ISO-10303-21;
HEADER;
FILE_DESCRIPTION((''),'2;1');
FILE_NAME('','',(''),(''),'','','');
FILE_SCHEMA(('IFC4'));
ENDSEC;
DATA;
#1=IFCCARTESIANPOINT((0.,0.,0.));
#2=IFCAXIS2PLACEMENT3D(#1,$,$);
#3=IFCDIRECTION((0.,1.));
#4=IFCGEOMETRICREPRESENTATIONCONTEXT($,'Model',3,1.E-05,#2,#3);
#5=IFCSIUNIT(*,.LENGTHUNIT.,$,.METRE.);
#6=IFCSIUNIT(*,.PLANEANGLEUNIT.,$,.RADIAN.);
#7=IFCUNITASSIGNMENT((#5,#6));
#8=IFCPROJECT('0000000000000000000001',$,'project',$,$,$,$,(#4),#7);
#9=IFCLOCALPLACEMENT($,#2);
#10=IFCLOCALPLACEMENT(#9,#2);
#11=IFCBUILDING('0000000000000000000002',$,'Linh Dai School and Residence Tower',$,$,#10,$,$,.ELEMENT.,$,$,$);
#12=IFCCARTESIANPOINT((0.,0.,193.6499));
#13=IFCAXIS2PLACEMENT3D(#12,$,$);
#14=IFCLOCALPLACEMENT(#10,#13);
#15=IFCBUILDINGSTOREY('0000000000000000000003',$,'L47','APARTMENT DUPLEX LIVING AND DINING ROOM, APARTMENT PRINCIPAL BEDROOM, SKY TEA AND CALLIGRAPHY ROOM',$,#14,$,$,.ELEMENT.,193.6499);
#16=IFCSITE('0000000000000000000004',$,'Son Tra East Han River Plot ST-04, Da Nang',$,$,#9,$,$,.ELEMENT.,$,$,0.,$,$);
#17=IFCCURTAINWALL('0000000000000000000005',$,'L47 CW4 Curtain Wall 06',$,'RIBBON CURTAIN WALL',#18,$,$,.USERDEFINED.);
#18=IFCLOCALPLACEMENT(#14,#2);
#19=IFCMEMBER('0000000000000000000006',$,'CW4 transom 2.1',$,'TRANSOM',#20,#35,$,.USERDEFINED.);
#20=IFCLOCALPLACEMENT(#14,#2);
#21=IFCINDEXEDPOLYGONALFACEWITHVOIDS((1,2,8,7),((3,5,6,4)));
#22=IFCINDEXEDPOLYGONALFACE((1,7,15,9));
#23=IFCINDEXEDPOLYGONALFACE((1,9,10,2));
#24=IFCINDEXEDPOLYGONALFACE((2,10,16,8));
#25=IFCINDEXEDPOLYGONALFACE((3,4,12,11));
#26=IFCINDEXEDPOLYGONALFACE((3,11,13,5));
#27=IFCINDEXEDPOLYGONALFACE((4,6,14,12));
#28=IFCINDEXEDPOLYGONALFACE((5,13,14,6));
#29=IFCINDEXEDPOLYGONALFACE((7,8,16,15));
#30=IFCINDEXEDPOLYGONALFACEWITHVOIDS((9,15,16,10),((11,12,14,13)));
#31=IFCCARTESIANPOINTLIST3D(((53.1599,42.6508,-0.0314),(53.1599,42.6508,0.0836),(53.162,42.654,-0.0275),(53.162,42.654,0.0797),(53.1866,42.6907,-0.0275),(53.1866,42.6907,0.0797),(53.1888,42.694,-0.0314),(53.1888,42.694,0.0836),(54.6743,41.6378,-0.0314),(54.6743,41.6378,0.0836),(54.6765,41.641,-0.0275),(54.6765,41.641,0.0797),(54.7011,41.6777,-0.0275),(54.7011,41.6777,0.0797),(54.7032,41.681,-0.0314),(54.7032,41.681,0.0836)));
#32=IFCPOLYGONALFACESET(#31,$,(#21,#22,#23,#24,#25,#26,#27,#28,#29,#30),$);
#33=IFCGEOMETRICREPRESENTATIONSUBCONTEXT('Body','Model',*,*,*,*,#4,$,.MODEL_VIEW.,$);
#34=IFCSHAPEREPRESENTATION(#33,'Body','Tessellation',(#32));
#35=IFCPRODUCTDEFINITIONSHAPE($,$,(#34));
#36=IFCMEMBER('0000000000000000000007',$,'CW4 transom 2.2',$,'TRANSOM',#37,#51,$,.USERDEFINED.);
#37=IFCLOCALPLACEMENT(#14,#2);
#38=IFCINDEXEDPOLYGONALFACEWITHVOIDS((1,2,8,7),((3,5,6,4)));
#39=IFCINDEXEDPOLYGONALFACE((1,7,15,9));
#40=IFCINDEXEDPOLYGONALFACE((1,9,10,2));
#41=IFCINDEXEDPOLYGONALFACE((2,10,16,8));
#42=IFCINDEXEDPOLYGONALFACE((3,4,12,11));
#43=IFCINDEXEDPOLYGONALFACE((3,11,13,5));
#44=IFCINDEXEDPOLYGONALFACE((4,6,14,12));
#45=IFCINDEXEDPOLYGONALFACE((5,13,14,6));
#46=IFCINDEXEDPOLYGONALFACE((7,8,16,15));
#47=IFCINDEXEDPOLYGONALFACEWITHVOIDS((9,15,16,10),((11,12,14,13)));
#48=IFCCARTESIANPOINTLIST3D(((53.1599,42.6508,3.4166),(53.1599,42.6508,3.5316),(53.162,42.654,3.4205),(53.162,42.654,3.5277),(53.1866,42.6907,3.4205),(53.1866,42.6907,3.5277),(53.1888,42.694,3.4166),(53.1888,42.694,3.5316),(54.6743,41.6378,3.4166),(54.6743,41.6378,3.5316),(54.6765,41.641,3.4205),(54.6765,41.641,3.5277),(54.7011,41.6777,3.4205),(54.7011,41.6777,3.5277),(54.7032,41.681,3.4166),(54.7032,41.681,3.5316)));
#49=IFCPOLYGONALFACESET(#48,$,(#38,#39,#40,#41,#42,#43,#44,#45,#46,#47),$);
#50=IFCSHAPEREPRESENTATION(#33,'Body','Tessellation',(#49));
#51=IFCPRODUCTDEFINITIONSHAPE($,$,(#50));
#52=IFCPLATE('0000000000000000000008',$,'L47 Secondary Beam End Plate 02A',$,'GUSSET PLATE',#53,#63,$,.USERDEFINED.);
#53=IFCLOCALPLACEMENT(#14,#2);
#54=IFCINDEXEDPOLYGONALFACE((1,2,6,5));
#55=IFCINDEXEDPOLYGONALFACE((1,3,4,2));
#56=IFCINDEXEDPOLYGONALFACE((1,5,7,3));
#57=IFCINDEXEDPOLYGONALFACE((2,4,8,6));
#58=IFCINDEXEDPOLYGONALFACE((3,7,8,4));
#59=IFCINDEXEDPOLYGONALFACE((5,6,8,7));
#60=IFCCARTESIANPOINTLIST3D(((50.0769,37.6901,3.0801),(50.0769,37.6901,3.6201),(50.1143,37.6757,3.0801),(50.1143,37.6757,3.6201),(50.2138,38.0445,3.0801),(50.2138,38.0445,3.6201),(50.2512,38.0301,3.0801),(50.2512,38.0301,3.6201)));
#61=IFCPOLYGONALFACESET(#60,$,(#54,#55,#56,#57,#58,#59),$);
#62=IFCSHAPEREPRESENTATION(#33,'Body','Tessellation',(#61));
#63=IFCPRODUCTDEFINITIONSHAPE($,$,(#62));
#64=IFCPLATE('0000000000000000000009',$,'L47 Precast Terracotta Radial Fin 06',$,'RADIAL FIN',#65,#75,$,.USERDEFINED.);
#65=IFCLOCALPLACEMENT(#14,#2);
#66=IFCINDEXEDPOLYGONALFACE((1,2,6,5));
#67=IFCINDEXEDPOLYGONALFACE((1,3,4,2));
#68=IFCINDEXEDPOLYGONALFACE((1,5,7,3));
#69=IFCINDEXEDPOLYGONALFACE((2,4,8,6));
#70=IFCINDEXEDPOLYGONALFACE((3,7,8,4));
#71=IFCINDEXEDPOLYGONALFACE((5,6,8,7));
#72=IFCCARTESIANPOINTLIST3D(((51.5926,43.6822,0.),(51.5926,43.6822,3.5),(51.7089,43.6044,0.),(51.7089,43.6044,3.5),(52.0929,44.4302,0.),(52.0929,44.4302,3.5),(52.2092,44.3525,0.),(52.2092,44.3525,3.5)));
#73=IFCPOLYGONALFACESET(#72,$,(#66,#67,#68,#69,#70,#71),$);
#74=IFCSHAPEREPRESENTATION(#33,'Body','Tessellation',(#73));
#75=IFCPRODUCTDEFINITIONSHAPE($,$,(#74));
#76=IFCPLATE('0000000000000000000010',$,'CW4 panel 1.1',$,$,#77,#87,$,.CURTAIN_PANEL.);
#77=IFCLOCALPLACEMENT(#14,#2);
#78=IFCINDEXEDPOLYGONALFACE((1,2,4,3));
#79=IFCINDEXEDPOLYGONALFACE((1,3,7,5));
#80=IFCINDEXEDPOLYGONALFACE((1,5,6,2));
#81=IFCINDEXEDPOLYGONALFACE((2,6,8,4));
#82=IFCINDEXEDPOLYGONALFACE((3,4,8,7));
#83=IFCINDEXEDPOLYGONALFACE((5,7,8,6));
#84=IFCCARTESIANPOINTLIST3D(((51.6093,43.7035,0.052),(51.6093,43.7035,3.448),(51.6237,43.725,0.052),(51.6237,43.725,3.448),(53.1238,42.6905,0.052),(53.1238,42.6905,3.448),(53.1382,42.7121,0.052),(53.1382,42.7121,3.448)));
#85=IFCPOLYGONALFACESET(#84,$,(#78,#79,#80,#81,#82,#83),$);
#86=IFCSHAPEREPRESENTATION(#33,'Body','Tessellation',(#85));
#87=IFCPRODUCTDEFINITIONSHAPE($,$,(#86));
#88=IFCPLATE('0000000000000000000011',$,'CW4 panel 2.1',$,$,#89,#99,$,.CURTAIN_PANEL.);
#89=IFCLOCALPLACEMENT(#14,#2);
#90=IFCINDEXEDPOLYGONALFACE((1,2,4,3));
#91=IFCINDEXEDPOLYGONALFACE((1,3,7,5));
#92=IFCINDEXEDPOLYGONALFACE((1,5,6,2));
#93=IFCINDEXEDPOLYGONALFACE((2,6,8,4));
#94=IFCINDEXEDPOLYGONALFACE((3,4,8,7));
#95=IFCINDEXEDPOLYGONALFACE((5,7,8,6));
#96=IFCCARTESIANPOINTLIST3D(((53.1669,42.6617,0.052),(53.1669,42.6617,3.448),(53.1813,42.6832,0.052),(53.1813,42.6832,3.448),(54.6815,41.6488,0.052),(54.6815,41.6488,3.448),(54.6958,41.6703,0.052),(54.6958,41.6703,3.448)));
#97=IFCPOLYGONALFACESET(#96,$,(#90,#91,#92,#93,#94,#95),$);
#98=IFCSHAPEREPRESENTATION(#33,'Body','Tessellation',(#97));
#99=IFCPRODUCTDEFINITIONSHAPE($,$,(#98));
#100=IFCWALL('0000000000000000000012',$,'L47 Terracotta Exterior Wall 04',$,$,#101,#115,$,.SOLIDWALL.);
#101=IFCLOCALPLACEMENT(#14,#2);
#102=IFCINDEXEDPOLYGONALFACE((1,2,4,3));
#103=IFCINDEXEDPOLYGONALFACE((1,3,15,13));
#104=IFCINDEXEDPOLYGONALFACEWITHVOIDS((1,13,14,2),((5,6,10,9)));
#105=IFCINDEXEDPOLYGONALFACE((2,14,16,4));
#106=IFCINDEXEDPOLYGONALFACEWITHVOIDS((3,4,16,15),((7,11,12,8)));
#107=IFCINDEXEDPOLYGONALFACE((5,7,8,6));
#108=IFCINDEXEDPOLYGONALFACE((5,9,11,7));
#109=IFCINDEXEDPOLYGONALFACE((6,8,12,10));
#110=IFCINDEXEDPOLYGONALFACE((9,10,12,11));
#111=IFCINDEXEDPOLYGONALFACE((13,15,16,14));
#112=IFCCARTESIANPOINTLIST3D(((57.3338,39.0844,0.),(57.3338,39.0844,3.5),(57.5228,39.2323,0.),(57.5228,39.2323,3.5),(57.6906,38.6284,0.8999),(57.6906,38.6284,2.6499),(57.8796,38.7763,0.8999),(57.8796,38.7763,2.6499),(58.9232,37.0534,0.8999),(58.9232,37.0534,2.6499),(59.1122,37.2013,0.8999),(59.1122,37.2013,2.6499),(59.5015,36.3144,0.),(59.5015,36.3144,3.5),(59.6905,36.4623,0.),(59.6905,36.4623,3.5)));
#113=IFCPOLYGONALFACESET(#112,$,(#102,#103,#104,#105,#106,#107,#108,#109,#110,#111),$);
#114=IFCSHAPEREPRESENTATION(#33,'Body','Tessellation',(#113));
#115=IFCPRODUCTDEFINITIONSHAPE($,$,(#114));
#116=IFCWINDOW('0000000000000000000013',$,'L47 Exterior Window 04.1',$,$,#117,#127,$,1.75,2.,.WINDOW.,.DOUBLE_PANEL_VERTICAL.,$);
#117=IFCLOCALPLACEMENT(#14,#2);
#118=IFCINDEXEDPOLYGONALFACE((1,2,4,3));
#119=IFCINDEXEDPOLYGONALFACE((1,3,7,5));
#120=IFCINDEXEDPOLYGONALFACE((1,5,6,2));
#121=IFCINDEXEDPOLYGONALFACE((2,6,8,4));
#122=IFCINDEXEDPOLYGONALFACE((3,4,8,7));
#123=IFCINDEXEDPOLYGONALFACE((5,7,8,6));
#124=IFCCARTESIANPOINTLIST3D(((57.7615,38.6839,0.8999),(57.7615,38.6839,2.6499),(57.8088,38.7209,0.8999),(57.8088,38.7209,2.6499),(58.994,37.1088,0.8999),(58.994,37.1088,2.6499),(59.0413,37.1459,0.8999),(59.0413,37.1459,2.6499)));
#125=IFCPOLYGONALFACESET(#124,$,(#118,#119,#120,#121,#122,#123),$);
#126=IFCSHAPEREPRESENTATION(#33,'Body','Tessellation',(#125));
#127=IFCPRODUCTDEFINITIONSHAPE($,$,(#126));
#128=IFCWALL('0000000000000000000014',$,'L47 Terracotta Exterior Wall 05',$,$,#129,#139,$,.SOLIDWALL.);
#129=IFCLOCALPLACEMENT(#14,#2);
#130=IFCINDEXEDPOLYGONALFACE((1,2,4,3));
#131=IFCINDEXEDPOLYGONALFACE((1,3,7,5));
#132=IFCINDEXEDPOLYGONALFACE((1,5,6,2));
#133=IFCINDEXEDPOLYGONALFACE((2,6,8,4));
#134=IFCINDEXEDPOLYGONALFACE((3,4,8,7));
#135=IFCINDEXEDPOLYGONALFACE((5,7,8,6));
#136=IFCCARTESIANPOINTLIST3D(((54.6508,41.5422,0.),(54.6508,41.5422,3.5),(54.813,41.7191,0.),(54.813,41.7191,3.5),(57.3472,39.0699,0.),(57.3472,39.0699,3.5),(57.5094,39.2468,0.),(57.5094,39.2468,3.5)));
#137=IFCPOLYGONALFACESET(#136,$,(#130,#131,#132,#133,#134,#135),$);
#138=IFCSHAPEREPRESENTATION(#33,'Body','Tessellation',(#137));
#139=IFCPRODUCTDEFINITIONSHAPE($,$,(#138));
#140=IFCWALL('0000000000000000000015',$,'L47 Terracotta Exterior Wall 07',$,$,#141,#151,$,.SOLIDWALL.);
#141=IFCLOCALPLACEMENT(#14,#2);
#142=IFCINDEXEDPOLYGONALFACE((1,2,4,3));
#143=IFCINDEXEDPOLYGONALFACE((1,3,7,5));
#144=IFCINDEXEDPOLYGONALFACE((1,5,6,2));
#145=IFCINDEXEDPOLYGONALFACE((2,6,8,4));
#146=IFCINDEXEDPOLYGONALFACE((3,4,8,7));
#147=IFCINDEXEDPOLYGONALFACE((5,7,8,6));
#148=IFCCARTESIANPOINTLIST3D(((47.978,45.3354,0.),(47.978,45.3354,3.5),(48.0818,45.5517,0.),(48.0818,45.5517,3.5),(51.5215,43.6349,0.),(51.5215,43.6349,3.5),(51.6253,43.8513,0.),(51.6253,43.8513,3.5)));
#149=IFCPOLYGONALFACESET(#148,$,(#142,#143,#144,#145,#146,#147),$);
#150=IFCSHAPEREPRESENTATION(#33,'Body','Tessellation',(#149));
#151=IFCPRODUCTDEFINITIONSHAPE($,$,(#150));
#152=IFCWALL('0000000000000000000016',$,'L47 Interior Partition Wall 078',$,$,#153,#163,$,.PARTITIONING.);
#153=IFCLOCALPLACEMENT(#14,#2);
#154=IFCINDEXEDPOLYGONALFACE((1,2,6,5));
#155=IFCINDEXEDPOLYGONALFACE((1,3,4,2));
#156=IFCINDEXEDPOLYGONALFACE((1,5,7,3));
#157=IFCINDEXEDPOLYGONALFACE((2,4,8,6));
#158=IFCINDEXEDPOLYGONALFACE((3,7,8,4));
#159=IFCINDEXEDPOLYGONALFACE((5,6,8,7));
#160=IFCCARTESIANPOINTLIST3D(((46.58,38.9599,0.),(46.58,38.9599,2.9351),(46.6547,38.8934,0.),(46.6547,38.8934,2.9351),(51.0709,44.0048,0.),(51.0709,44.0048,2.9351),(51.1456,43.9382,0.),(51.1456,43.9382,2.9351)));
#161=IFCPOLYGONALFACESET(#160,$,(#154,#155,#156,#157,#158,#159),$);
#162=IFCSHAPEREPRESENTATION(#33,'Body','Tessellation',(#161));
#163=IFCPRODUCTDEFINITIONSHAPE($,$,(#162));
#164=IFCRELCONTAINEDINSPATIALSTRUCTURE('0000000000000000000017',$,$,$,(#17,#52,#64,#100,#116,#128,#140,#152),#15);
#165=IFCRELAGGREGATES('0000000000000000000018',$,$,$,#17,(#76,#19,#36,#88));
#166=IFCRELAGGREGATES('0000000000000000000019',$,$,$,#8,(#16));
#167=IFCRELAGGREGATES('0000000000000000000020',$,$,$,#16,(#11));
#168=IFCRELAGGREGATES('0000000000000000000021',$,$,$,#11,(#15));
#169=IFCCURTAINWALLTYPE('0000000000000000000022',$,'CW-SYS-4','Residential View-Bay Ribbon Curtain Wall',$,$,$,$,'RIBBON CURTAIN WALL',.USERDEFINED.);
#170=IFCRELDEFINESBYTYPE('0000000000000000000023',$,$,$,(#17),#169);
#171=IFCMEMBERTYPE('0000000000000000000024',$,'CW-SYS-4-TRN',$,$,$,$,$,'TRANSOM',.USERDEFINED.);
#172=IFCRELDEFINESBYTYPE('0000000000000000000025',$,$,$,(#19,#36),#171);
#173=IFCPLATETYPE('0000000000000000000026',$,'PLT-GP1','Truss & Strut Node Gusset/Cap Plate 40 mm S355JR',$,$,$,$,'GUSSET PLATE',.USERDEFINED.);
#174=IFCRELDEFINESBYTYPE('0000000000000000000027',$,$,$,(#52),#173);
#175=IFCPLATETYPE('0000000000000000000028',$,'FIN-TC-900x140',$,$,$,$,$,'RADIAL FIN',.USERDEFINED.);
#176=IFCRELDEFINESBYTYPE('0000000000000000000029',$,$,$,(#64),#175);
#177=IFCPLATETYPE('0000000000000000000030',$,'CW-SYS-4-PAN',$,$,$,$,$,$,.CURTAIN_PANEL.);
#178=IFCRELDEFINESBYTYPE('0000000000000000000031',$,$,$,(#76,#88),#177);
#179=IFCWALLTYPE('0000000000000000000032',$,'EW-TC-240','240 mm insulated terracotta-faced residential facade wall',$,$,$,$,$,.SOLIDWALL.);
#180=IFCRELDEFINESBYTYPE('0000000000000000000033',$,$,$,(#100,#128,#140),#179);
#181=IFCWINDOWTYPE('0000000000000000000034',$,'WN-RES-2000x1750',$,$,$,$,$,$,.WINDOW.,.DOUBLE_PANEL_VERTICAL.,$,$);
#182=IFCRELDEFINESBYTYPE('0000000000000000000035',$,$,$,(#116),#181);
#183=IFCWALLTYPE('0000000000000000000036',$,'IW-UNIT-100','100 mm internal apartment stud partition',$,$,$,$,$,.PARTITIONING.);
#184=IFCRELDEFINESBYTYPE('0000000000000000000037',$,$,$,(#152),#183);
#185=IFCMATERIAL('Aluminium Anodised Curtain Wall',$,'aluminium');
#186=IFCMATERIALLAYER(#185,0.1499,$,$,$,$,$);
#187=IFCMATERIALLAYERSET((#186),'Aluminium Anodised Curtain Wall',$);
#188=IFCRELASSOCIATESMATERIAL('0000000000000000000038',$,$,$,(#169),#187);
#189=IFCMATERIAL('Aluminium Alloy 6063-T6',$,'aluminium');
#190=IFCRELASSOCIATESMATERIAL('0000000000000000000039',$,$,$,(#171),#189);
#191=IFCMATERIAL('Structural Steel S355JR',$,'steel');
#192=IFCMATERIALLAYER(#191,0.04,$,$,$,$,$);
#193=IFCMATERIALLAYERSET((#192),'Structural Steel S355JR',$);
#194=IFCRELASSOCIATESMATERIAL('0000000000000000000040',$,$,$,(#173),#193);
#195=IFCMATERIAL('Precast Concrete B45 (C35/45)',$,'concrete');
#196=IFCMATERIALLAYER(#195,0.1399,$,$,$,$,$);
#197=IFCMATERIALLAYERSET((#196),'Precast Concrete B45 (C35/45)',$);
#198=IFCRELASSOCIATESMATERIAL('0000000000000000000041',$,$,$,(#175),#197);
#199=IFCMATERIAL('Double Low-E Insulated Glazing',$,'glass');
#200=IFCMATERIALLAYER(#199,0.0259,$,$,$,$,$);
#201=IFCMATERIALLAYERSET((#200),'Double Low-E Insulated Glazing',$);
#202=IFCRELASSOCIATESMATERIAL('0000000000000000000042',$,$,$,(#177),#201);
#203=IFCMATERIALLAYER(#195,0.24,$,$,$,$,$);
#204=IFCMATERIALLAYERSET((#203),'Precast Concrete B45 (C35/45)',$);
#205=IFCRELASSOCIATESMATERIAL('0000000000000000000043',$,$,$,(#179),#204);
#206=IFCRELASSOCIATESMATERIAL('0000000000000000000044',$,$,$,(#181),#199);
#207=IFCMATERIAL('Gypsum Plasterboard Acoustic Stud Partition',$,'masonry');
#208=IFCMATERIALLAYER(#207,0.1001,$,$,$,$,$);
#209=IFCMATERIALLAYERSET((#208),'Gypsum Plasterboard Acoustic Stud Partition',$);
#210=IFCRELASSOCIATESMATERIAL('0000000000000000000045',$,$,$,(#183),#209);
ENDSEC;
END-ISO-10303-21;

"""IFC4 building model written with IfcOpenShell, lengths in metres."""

from ifc_helpers import new_model, si_unit, direction, frame, frame_2d, origin, origin_2d, place, context, subcontext, project, spatial, rectangle, hollow_rectangle, extrude, source, transform, mapped, material, layer, layer_set, material_profile, profile_set, type_object, element, fill, aggregate, save


model = new_model("IFC4")

# Units and contexts
model_context = context("Model", 3, precision=1e-05, world=origin(), true_north=direction((0.0, 1.0)))
body_context = subcontext(model_context, "Body", "Model", "MODEL_VIEW")
ifc_project = project(units=[si_unit("LENGTHUNIT", "METRE"), si_unit("PLANEANGLEUNIT", "RADIAN")], contexts=[model_context])

# Site, building, storey
site_placement = place(None, origin())
site = spatial("IfcSite", under=ifc_project, at=site_placement, Name="Son Tra East Han River Plot ST-04, Da Nang", CompositionType="ELEMENT", RefElevation=0.0)
building_placement = place(site_placement, origin())
building = spatial("IfcBuilding", under=site, at=building_placement, Name="Linh Dai School and Residence Tower", CompositionType="ELEMENT")
storey_placement = place(building_placement, frame((0.0, 0.0, 193.6499)))
storey = spatial("IfcBuildingStorey", under=building, at=storey_placement, Name="L47", Description="APARTMENT DUPLEX LIVING AND DINING ROOM, APARTMENT PRINCIPAL BEDROOM, SKY TEA AND CALLIGRAPHY ROOM", CompositionType="ELEMENT", Elevation=193.6499)

# Shared definitions
ifc_material_1 = material(Name="Structural Steel S355JR", Category="steel")

# Curtain wall, members
ifc_material_2 = material(Name="Aluminium Anodised Curtain Wall", Category="aluminium")
ifc_layer_1 = layer(ifc_material_2, 0.1499)
ifc_layer_set_1 = layer_set([ifc_layer_1], Name="Aluminium Anodised Curtain Wall")
curtain_wall_type = type_object("IfcCurtainWallType", Name="CW-SYS-4", Description="Residential View-Bay Ribbon Curtain Wall", ElementType="RIBBON CURTAIN WALL", PredefinedType="USERDEFINED", material=ifc_layer_set_1)
curtain_wall_placement = place(storey_placement, origin())
curtain_wall = element("IfcCurtainWall", 1, at=curtain_wall_placement, inside=storey, type_object=curtain_wall_type, Name="L47 CW4 Curtain Wall 06", ObjectType="RIBBON CURTAIN WALL", PredefinedType="USERDEFINED")
ifc_material_3 = material(Name="Aluminium Alloy 6063-T6", Category="aluminium")
ifc_material_profile_1 = material_profile(ifc_material_3, hollow_rectangle(XDim=0.052, YDim=0.115, WallThickness=0.0039, at=origin_2d()), Name="RHS 115x52x4")
ifc_profile_set_1 = profile_set([ifc_material_profile_1], Name="Aluminium Alloy 6063-T6")
member_type_1 = type_object("IfcMemberType", Name="CW-SYS-4-TRN", ElementType="TRANSOM", PredefinedType="USERDEFINED", material=ifc_profile_set_1)
shared_shape_1 = source(origin(), body_context, "Body", "SweptSolid", [
    extrude(hollow_rectangle(XDim=0.052, YDim=0.115, WallThickness=0.0039, at=origin_2d()), origin(), (0.0, 0.0, 1.0), 1.822),
])
member_1_placement = place(storey_placement, frame((53.1743, 42.6724, 0.0261), z_axis=(0.831204, -0.555967, 0.0), x_axis=(0.555967, 0.831204, 0.0)))
member_1 = element("IfcMember", 2, at=member_1_placement, type_object=member_type_1, Name="CW4 transom 2.1", ObjectType="TRANSOM", PredefinedType="USERDEFINED", context=body_context, shape_type="MappedRepresentation", body=[
    mapped(shared_shape_1, transform((0.0, 0.0, 0.0), x_axis=(1.0, 0.0, 0.0), y_axis=(0.0, 1.0, 0.0), z_axis=(0.0, 0.0, 1.0), scale=1.0)),
])
member_2_placement = place(storey_placement, frame((53.1743, 42.6724, 3.4741), z_axis=(0.831204, -0.555967, 0.0), x_axis=(0.555967, 0.831204, 0.0)))
member_2 = element("IfcMember", 3, at=member_2_placement, type_object=member_type_1, Name="CW4 transom 2.2", ObjectType="TRANSOM", PredefinedType="USERDEFINED", context=body_context, shape_type="MappedRepresentation", body=[
    mapped(shared_shape_1, transform((0.0, 0.0, 0.0), x_axis=(1.0, 0.0, 0.0), y_axis=(0.0, 1.0, 0.0), z_axis=(0.0, 0.0, 1.0), scale=1.0)),
])

# Plates
ifc_layer_2 = layer(ifc_material_1, 0.04)
ifc_layer_set_2 = layer_set([ifc_layer_2], Name="Structural Steel S355JR")
plate_type_1 = type_object("IfcPlateType", Name="PLT-GP1", Description="Truss & Strut Node Gusset/Cap Plate 40 mm S355JR", ElementType="GUSSET PLATE", PredefinedType="USERDEFINED", material=ifc_layer_set_2)
shared_shape_2 = source(origin(), body_context, "Body", "SweptSolid", [
    extrude(rectangle(XDim=0.04, YDim=0.3799, at=origin_2d()), origin(), (0.0, 0.0, 1.0), 0.54),
])
plate_1_placement = place(storey_placement, frame((50.1641, 37.8601, 3.0801), z_axis=(0.0, 0.0, 1.0), x_axis=(-0.932823, 0.360335, 0.0)))
element("IfcPlate", 4, at=plate_1_placement, inside=storey, type_object=plate_type_1, Name="L47 Secondary Beam End Plate 02A", ObjectType="GUSSET PLATE", PredefinedType="USERDEFINED", context=body_context, shape_type="MappedRepresentation", body=[
    mapped(shared_shape_2, transform((0.0, 0.0, 0.0), x_axis=(1.0, 0.0, 0.0), y_axis=(0.0, 1.0, 0.0), z_axis=(0.0, 0.0, 1.0), scale=1.0)),
])
ifc_material_4 = material(Name="Precast Concrete B45 (C35/45)", Category="concrete")
ifc_layer_3 = layer(ifc_material_4, 0.1399)
ifc_layer_set_3 = layer_set([ifc_layer_3], Name="Precast Concrete B45 (C35/45)")
plate_type_2 = type_object("IfcPlateType", Name="FIN-TC-900x140", ElementType="RADIAL FIN", PredefinedType="USERDEFINED", material=ifc_layer_set_3)
shared_shape_3 = source(origin(), body_context, "Body", "SweptSolid", [
    extrude(rectangle(XDim=0.8999, YDim=0.1399, at=origin_2d()), origin(), (0.0, 0.0, 1.0), 3.5),
])
plate_2_placement = place(storey_placement, frame((51.9009, 44.0173, 0.0), z_axis=(0.0, 0.0, 1.0), x_axis=(0.555931, 0.831228, 0.0)))
element("IfcPlate", 5, at=plate_2_placement, inside=storey, type_object=plate_type_2, Name="L47 Precast Terracotta Radial Fin 06", ObjectType="RADIAL FIN", PredefinedType="USERDEFINED", context=body_context, shape_type="MappedRepresentation", body=[
    mapped(shared_shape_3, transform((0.0, 0.0, 0.0), x_axis=(1.0, 0.0, 0.0), y_axis=(0.0, 1.0, 0.0), z_axis=(0.0, 0.0, 1.0), scale=1.0)),
])

# Plates
ifc_material_5 = material(Name="Double Low-E Insulated Glazing", Category="glass")
ifc_layer_4 = layer(ifc_material_5, 0.0259)
ifc_layer_set_4 = layer_set([ifc_layer_4], Name="Double Low-E Insulated Glazing")
plate_type_3 = type_object("IfcPlateType", Name="CW-SYS-4-PAN", PredefinedType="CURTAIN_PANEL", material=ifc_layer_set_4)
shared_shape_4 = source(origin(), body_context, "Body", "SweptSolid", [
    extrude(rectangle(XDim=1.822, YDim=0.0259, at=origin_2d()), origin(), (0.0, 0.0, 1.0), 3.396),
])
plate_3_placement = place(storey_placement, frame((52.3738, 43.2078, 0.052), z_axis=(0.0, 0.0, 1.0), x_axis=(0.831228, -0.555931, 0.0)))
plate_3 = element("IfcPlate", 6, at=plate_3_placement, type_object=plate_type_3, Name="CW4 panel 1.1", PredefinedType="CURTAIN_PANEL", context=body_context, shape_type="MappedRepresentation", body=[
    mapped(shared_shape_4, transform((0.0, 0.0, 0.0), x_axis=(1.0, 0.0, 0.0), y_axis=(0.0, 1.0, 0.0), z_axis=(0.0, 0.0, 1.0), scale=1.0)),
])
plate_4_placement = place(storey_placement, frame((53.9314, 42.166, 0.052), z_axis=(0.0, 0.0, 1.0), x_axis=(0.831228, -0.555931, 0.0)))
plate_4 = element("IfcPlate", 7, at=plate_4_placement, type_object=plate_type_3, Name="CW4 panel 2.1", PredefinedType="CURTAIN_PANEL", context=body_context, shape_type="MappedRepresentation", body=[
    mapped(shared_shape_4, transform((0.0, 0.0, 0.0), x_axis=(1.0, 0.0, 0.0), y_axis=(0.0, 1.0, 0.0), z_axis=(0.0, 0.0, 1.0), scale=1.0)),
])
aggregate(curtain_wall, [plate_3, member_1, member_2, plate_4])

# Wall, opening, window
ifc_layer_5 = layer(ifc_material_4, 0.24)
ifc_layer_set_5 = layer_set([ifc_layer_5], Name="Precast Concrete B45 (C35/45)")
wall_type_1 = type_object("IfcWallType", Name="EW-TC-240", Description="240 mm insulated terracotta-faced residential facade wall", PredefinedType="SOLIDWALL", material=ifc_layer_set_5)
wall_1_placement = place(storey_placement, frame((57.4282, 39.1584, 0.0), z_axis=(0.0, 0.0, 1.0), x_axis=(0.616288, -0.787521, 0.0)))
wall_1 = element("IfcWall", 8, at=wall_1_placement, inside=storey, type_object=wall_type_1, Name="L47 Terracotta Exterior Wall 04", PredefinedType="SOLIDWALL", context=body_context, shape_type="SweptSolid", body=[
    extrude(rectangle(XDim=3.5173, YDim=0.24, at=frame_2d((1.7588, 0.0))), origin(), (0.0, 0.0, 1.0), 3.5),
])
opening_placement = place(wall_1_placement, frame((0.5791, 0.0, 0.8999)))
opening = element("IfcOpeningElement", 9, at=opening_placement, cuts=wall_1, PredefinedType="OPENING", context=body_context, shape_type="SweptSolid", body=[
    extrude(rectangle(XDim=2.0, YDim=1.75, at=origin_2d()), frame((1.0, 0.1299, 0.875), z_axis=(0.0, -1.0, 0.0), x_axis=(1.0, 0.0, 0.0)), (0.0, 0.0, 1.0), 0.26),
])
window_type = type_object("IfcWindowType", Name="WN-RES-2000x1750", PartitioningType="DOUBLE_PANEL_VERTICAL", PredefinedType="WINDOW", material=ifc_material_5)
shared_shape_5 = source(origin(), body_context, "Body", "SweptSolid", [
    extrude(rectangle(XDim=2.0, YDim=1.75, at=origin_2d()), frame((1.0, 0.03, 0.875), z_axis=(0.0, -1.0, 0.0), x_axis=(1.0, 0.0, 0.0)), (0.0, 0.0, 1.0), 0.0601),
])
window_placement = place(opening_placement, origin())
window = element("IfcWindow", 10, at=window_placement, inside=storey, type_object=window_type, Name="L47 Exterior Window 04.1", OverallHeight=1.75, OverallWidth=2.0, PartitioningType="DOUBLE_PANEL_VERTICAL", PredefinedType="WINDOW", context=body_context, shape_type="MappedRepresentation", body=[
    mapped(shared_shape_5, transform((0.0, 0.0, 0.0), x_axis=(1.0, 0.0, 0.0), y_axis=(0.0, 1.0, 0.0), z_axis=(0.0, 0.0, 1.0), scale=1.0)),
])
fill(opening, window)

# Walls
wall_2_placement = place(storey_placement, frame((54.7319, 41.6306, 0.0), z_axis=(0.0, 0.0, 1.0), x_axis=(0.737077, -0.675809, 0.0)))
element("IfcWall", 11, at=wall_2_placement, inside=storey, type_object=wall_type_1, Name="L47 Terracotta Exterior Wall 05", PredefinedType="SOLIDWALL", context=body_context, shape_type="SweptSolid", body=[
    extrude(rectangle(XDim=3.6582, YDim=0.24, at=frame_2d((1.8291, 0.0))), origin(), (0.0, 0.0, 1.0), 3.5),
])
wall_3_placement = place(storey_placement, frame((48.0298, 45.4436, 0.0), z_axis=(0.0, 0.0, 1.0), x_axis=(0.901565, -0.432644, 0.0)))
element("IfcWall", 12, at=wall_3_placement, inside=storey, type_object=wall_type_1, Name="L47 Terracotta Exterior Wall 07", PredefinedType="SOLIDWALL", context=body_context, shape_type="SweptSolid", body=[
    extrude(rectangle(XDim=3.9304, YDim=0.24, at=frame_2d((1.9653, 0.0))), origin(), (0.0, 0.0, 1.0), 3.5),
])
ifc_material_6 = material(Name="Gypsum Plasterboard Acoustic Stud Partition", Category="masonry")
ifc_layer_6 = layer(ifc_material_6, 0.1001)
ifc_layer_set_6 = layer_set([ifc_layer_6], Name="Gypsum Plasterboard Acoustic Stud Partition")
wall_type_2 = type_object("IfcWallType", Name="IW-UNIT-100", Description="100 mm internal apartment stud partition", PredefinedType="PARTITIONING", material=ifc_layer_set_6)
wall_4_placement = place(storey_placement, frame((46.6174, 38.9268, 0.0), z_axis=(0.0, 0.0, 1.0), x_axis=(0.664909, 0.746925, 0.0)))
element("IfcWall", 13, at=wall_4_placement, inside=storey, type_object=wall_type_2, Name="L47 Interior Partition Wall 078", PredefinedType="PARTITIONING", context=body_context, shape_type="SweptSolid", body=[
    extrude(rectangle(XDim=6.7542, YDim=0.1001, at=frame_2d((3.377, 0.0))), origin(), (0.0, 0.0, 1.0), 2.9351),
])

save(model, "model.ifc")
